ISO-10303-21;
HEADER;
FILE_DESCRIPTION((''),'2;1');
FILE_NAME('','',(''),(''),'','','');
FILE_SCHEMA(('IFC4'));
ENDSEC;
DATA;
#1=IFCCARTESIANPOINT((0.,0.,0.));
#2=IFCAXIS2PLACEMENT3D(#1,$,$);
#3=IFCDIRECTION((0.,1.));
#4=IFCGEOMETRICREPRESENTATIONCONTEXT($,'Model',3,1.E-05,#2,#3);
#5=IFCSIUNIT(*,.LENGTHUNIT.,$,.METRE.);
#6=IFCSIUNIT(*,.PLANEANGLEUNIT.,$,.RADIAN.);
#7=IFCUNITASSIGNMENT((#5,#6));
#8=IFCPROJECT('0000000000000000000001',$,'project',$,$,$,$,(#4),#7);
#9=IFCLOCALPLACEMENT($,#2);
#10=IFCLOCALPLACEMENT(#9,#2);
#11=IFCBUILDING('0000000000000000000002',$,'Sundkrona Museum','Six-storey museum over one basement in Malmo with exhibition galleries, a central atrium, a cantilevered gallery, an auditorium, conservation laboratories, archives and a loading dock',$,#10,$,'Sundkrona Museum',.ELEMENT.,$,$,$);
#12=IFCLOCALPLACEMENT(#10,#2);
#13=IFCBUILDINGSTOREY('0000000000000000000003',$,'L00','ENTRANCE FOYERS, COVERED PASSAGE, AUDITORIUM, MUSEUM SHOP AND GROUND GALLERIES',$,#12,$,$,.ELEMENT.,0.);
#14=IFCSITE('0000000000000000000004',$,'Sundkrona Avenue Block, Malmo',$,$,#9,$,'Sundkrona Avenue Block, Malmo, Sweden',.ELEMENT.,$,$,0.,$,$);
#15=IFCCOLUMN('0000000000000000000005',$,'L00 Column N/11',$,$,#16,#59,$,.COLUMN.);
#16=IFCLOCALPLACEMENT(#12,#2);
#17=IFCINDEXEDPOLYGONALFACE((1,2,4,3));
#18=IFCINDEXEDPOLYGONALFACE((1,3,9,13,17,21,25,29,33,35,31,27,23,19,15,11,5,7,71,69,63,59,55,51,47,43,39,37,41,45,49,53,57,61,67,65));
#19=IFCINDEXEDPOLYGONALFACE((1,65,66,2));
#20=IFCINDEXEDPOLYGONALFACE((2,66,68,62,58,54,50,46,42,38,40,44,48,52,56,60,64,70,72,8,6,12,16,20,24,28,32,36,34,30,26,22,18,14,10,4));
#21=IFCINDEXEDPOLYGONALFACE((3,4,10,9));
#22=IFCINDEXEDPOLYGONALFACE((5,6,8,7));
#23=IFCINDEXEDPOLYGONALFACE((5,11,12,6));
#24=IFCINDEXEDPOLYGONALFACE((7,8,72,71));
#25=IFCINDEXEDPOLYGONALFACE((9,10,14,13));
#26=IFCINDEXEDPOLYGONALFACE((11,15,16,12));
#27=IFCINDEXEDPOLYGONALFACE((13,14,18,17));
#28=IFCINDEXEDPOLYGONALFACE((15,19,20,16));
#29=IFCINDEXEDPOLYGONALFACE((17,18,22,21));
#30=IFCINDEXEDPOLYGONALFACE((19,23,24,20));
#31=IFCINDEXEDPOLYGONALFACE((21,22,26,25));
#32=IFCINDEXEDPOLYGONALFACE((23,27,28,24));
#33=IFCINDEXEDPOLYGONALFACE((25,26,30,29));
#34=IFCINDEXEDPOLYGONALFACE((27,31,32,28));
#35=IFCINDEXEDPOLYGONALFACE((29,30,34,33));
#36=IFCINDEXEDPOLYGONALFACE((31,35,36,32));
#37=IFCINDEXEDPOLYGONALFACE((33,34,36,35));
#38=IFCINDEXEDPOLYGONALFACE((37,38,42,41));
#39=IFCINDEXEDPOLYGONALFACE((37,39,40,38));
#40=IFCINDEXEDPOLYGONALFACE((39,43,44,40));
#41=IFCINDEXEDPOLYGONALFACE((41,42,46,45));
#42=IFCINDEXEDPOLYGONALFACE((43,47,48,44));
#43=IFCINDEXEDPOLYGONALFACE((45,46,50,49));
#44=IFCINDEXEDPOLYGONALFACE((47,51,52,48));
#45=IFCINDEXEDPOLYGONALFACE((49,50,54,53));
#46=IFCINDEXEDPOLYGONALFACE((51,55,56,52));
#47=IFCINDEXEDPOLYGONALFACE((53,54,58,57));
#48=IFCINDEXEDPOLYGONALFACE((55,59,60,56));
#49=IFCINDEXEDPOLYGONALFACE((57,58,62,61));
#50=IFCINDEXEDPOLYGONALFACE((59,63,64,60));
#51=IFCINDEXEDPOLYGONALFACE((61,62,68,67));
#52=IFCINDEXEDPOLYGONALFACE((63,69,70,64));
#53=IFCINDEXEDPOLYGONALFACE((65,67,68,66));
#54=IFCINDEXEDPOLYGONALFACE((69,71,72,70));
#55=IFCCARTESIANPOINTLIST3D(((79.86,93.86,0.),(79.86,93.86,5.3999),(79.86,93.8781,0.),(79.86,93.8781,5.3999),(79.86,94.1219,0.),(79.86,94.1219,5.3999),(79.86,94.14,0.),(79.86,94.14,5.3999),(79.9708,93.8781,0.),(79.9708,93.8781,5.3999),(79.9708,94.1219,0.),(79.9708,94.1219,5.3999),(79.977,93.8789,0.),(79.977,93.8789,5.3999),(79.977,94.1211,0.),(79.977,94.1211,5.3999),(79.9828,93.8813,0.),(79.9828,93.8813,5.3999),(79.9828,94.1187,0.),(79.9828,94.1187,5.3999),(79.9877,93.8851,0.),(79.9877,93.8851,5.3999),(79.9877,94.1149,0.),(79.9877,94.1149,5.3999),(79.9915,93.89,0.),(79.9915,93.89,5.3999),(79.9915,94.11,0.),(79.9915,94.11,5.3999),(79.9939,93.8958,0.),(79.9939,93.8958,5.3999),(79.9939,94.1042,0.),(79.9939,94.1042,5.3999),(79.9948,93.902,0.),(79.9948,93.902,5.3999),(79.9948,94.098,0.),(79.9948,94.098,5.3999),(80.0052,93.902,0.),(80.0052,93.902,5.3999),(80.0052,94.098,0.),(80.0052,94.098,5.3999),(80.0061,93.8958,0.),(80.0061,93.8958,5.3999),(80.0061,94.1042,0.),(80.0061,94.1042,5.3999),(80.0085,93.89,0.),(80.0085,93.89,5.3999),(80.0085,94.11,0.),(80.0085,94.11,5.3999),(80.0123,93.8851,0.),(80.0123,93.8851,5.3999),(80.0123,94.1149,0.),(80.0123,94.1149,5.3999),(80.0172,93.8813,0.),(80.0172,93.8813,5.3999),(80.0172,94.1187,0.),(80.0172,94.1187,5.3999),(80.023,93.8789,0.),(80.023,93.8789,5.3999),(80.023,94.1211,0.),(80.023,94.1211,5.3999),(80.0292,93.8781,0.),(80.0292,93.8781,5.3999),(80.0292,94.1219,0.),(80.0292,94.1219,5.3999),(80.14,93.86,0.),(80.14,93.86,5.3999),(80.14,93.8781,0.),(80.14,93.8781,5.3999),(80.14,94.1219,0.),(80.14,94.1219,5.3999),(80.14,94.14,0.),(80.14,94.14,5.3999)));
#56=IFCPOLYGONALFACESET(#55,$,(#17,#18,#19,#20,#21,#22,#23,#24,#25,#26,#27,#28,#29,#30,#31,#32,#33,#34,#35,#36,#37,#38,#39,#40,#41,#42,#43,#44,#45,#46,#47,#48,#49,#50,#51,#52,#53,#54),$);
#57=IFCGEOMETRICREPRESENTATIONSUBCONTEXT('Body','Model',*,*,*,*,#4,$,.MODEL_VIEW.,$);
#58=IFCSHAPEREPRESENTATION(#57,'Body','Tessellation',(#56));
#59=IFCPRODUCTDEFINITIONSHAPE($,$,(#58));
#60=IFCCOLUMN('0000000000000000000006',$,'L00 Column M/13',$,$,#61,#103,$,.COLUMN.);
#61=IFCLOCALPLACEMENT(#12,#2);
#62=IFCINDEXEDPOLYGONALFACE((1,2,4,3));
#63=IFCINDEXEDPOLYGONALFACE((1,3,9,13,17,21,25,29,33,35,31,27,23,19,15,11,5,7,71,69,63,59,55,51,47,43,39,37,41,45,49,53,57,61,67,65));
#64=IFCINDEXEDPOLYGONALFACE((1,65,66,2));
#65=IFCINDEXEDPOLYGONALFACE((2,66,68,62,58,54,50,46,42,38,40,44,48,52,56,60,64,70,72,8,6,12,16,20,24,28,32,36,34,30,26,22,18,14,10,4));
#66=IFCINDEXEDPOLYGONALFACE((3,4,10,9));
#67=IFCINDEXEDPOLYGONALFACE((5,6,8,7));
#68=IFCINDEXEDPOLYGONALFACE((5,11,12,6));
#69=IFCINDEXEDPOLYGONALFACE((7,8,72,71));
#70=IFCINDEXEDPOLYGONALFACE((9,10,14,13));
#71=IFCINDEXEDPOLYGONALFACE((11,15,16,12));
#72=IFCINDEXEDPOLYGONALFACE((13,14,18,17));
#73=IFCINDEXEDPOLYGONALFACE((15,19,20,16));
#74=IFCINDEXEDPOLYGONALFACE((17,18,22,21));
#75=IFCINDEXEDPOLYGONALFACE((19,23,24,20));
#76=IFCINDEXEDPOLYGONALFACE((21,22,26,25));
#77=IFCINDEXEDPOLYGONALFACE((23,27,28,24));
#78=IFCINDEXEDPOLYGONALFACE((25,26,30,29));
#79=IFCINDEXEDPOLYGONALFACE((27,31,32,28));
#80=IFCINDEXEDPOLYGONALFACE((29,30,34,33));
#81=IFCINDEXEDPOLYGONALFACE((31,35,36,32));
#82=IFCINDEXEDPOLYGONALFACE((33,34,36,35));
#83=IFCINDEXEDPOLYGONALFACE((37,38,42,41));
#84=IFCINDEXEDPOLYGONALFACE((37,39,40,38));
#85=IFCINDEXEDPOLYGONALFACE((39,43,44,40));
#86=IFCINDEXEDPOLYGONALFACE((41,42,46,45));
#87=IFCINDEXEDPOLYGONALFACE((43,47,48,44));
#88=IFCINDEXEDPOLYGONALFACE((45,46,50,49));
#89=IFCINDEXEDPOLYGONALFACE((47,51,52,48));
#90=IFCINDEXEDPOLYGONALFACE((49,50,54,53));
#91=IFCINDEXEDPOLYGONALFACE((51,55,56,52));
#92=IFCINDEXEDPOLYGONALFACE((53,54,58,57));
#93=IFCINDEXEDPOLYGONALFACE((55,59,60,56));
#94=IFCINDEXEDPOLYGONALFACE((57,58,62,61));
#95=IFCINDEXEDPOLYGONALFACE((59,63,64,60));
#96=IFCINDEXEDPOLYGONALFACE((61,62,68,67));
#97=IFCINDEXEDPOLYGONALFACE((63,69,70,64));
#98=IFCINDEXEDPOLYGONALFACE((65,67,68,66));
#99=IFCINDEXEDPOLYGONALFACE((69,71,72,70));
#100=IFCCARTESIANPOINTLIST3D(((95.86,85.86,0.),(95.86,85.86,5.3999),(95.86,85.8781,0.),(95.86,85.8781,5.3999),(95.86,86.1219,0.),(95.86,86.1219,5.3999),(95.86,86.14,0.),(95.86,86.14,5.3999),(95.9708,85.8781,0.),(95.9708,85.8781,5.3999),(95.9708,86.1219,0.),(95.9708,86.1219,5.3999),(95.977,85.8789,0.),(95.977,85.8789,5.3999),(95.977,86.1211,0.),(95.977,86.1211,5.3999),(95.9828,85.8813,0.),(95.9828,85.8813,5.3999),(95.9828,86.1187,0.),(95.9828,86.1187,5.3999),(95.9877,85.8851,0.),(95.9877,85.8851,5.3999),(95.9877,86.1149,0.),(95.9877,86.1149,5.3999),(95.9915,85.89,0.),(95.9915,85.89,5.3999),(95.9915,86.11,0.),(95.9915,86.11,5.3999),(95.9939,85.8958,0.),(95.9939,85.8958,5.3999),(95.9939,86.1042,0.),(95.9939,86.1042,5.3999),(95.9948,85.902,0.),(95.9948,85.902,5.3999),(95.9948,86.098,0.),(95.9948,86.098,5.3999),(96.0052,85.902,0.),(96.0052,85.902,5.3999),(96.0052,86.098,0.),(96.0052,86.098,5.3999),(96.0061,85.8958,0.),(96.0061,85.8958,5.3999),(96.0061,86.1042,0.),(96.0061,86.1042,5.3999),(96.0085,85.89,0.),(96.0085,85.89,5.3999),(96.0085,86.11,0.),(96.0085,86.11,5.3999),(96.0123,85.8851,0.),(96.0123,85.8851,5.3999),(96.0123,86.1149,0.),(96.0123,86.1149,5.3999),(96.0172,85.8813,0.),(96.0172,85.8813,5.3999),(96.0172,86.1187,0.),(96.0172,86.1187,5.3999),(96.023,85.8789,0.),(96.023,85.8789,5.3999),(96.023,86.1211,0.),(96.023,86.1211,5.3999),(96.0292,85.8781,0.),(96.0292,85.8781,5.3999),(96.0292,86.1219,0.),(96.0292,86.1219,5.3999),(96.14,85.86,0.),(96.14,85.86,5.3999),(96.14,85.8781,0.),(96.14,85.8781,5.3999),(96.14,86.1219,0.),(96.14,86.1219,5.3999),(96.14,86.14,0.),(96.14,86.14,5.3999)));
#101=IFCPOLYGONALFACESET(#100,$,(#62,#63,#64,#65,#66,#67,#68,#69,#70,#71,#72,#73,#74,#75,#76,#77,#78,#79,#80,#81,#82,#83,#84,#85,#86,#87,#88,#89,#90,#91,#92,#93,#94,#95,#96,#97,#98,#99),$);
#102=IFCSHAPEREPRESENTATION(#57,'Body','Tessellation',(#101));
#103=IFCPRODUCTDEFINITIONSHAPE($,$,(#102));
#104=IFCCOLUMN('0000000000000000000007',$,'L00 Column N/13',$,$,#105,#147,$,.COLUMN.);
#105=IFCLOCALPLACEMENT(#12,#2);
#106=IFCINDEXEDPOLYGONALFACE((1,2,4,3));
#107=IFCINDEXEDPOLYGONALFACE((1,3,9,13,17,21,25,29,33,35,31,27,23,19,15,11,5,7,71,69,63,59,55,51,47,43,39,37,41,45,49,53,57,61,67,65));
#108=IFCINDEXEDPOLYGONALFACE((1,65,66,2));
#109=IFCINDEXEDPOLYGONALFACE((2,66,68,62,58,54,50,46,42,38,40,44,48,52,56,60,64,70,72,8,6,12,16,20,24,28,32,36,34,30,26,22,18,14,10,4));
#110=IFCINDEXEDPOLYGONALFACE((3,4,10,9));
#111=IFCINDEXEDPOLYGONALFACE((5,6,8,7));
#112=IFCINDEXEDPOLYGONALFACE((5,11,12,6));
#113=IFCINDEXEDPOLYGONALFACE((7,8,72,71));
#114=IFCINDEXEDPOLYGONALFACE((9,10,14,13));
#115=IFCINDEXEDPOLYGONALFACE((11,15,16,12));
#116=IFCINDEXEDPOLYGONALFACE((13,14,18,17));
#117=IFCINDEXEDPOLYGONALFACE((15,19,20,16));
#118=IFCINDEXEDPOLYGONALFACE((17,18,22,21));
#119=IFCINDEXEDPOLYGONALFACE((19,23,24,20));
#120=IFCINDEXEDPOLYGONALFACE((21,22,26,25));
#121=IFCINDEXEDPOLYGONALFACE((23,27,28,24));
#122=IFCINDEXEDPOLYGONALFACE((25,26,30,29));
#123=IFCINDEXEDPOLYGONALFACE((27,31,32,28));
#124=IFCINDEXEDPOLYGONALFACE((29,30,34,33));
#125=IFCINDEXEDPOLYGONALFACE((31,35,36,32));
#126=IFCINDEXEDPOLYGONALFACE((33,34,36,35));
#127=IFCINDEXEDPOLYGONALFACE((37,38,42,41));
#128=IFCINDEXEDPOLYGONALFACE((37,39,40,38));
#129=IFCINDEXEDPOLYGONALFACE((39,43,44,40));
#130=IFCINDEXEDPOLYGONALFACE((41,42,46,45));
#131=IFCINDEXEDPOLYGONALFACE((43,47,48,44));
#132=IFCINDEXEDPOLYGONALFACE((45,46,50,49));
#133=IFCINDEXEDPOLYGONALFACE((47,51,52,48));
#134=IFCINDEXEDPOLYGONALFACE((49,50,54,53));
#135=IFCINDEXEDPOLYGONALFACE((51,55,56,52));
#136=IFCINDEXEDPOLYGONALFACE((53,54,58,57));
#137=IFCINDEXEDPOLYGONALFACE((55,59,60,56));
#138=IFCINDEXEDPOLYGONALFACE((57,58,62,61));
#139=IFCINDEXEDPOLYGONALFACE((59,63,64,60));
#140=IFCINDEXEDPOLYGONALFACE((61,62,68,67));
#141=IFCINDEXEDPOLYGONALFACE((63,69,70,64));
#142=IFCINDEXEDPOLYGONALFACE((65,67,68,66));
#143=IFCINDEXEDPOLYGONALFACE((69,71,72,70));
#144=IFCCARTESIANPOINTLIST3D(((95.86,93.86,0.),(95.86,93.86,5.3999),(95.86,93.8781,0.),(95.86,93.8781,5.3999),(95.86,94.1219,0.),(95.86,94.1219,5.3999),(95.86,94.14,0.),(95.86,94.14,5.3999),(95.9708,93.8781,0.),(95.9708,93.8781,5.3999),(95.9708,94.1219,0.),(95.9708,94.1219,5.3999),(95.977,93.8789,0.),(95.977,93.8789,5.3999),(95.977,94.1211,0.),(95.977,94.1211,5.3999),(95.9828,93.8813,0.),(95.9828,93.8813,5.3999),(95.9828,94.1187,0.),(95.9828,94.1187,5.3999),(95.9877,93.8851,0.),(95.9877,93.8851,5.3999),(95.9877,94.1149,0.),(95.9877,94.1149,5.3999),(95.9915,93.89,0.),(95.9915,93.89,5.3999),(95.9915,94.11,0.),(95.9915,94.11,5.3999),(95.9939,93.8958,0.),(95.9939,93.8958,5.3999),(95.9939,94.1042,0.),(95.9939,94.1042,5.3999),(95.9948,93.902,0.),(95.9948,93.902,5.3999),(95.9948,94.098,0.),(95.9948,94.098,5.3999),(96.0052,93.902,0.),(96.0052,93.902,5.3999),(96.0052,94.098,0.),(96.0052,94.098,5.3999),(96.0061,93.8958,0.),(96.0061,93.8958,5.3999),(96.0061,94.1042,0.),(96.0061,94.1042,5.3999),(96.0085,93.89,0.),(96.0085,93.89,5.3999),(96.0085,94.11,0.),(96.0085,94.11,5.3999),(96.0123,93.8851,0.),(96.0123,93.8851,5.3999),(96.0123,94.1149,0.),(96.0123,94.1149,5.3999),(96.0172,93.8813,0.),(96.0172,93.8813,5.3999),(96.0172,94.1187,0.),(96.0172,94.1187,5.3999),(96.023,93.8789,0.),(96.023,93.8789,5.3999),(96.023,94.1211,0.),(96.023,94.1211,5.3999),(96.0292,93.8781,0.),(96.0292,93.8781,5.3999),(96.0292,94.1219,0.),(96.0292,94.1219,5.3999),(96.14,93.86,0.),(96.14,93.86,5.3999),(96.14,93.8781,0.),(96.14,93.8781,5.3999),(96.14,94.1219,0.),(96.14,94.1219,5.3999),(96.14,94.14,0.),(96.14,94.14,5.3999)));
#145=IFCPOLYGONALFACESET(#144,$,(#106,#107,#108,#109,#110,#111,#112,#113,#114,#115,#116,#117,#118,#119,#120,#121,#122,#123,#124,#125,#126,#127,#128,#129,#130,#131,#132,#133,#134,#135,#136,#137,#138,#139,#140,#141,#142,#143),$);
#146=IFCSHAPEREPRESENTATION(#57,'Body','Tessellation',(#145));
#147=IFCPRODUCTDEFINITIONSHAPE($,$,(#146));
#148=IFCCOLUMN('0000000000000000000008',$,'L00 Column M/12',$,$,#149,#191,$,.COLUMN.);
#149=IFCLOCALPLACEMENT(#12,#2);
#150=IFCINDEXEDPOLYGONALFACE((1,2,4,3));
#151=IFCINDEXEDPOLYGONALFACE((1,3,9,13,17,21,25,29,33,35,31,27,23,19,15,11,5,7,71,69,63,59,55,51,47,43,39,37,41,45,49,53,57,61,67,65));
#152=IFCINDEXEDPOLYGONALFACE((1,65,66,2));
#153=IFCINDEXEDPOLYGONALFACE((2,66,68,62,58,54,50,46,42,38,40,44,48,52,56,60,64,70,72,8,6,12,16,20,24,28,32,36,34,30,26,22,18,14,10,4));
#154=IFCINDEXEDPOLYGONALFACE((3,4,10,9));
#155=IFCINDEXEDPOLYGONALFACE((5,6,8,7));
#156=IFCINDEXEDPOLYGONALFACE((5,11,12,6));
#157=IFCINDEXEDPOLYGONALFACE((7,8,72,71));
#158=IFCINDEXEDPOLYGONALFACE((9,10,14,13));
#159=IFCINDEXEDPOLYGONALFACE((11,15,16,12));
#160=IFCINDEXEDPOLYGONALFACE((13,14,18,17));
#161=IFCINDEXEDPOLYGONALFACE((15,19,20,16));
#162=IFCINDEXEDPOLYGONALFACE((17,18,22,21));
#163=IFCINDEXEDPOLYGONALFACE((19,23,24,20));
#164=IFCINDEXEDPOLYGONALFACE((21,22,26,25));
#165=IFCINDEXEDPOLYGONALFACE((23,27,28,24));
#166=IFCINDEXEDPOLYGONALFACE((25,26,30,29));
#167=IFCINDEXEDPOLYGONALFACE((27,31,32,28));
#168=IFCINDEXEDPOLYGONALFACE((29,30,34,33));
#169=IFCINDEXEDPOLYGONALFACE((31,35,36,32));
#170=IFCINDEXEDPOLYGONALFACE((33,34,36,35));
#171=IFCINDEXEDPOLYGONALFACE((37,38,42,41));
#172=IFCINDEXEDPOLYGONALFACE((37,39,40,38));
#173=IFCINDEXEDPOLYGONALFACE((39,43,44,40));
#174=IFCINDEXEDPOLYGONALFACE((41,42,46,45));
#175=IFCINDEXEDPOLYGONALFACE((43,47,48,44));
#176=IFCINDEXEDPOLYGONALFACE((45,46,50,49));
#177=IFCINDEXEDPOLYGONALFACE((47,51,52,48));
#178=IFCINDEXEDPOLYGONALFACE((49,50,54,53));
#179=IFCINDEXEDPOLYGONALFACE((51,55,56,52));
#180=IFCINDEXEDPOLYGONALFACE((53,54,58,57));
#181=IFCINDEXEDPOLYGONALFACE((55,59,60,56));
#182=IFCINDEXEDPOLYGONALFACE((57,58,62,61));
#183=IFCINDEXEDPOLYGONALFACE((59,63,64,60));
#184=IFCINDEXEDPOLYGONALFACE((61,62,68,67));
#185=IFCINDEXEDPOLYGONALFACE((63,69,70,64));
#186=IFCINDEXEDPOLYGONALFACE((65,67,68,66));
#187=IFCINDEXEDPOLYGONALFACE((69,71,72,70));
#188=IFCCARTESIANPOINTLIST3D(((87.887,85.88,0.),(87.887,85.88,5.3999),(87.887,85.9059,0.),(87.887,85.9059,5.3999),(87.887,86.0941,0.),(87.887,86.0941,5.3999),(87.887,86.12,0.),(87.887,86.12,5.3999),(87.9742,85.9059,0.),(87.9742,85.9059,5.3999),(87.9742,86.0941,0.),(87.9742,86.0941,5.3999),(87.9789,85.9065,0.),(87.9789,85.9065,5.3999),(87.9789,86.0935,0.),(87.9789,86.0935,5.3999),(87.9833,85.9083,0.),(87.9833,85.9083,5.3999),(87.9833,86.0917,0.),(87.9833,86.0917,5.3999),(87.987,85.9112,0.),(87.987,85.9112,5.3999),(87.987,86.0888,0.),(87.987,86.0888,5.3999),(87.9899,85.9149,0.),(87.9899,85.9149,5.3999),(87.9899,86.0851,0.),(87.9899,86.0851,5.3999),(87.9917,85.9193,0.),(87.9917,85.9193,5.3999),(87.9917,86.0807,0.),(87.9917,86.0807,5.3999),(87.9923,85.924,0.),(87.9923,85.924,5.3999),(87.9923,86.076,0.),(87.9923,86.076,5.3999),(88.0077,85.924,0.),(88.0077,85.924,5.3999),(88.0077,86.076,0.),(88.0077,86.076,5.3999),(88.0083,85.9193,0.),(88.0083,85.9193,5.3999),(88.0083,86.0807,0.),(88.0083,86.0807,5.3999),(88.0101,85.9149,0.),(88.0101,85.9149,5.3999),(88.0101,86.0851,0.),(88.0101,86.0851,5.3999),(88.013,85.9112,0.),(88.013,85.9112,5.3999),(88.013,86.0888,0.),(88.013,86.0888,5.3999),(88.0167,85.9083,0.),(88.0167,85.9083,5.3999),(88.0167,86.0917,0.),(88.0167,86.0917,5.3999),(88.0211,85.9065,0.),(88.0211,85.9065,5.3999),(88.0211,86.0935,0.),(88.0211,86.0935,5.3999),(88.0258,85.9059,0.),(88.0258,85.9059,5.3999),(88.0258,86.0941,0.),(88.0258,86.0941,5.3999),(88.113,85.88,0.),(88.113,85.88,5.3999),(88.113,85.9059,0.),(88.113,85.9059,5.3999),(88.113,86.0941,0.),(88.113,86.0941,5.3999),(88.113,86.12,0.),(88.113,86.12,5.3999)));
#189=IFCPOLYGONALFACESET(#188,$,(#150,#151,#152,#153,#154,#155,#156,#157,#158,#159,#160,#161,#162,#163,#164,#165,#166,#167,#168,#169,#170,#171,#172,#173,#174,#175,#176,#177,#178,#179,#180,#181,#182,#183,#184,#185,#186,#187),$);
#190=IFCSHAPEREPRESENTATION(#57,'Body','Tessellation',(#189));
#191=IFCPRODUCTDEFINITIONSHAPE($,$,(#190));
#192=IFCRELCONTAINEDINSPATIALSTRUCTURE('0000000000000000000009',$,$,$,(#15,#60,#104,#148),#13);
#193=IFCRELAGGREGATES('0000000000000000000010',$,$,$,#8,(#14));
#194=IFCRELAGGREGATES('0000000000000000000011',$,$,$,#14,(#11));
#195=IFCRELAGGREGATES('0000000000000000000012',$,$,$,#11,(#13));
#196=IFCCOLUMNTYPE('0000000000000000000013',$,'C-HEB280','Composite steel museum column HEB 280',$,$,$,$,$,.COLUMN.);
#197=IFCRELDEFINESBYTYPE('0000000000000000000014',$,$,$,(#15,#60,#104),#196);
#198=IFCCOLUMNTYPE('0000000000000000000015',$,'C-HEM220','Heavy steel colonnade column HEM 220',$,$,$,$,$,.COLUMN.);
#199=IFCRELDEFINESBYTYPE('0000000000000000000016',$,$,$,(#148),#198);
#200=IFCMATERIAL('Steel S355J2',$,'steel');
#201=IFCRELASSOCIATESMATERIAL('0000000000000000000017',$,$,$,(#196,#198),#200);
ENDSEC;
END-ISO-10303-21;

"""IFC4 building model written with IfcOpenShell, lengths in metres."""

from ifc_helpers import new_model, si_unit, direction, frame, origin, origin_2d, place, context, subcontext, project, spatial, i_section, extrude, material, material_profile, profile_set, type_object, element, save


model = new_model("IFC4")

# Units and contexts
model_context = context("Model", 3, precision=1e-05, world=origin(), true_north=direction((0.0, 1.0)))
body_context = subcontext(model_context, "Body", "Model", "MODEL_VIEW")
ifc_project = project(units=[si_unit("LENGTHUNIT", "METRE"), si_unit("PLANEANGLEUNIT", "RADIAN")], contexts=[model_context])

# Site, building, storey
site_placement = place(None, origin())
site = spatial("IfcSite", under=ifc_project, at=site_placement, Name="Sundkrona Avenue Block, Malmo", LongName="Sundkrona Avenue Block, Malmo, Sweden", CompositionType="ELEMENT", RefElevation=0.0)
building_placement = place(site_placement, origin())
building = spatial("IfcBuilding", under=site, at=building_placement, Name="Sundkrona Museum", Description="Six-storey museum over one basement in Malmo with exhibition galleries, a central atrium, a cantilevered gallery, an auditorium, conservation laboratories, archives and a loading dock", LongName="Sundkrona Museum", CompositionType="ELEMENT")
storey_placement = place(building_placement, origin())
storey = spatial("IfcBuildingStorey", under=building, at=storey_placement, Name="L00", Description="ENTRANCE FOYERS, COVERED PASSAGE, AUDITORIUM, MUSEUM SHOP AND GROUND GALLERIES", CompositionType="ELEMENT", Elevation=0.0)

# Columns
ifc_material_1 = material(Name="Steel S355J2", Category="steel")
ifc_material_profile_1 = material_profile(ifc_material_1, i_section(OverallWidth=0.28, OverallDepth=0.28, WebThickness=0.0105, FlangeThickness=0.0181, FilletRadius=0.0239, at=origin_2d()), Name="HEB 280")
ifc_profile_set_1 = profile_set([ifc_material_profile_1], Name="Steel S355J2")
column_type_1 = type_object("IfcColumnType", Name="C-HEB280", Description="Composite steel museum column HEB 280", PredefinedType="COLUMN", material=ifc_profile_set_1)
for number, where, z_axis, x_axis, name in (
    (1, (80.0, 94.0, 0.0), (0.0, 0.0, 1.0), (1.0, 0.0, 0.0), "L00 Column N/11"),
    (2, (96.0, 86.0, 0.0), (0.0, 0.0, 1.0), (1.0, 0.0, 0.0), "L00 Column M/13"),
    (3, (96.0, 94.0, 0.0), (0.0, 0.0, 1.0), (1.0, 0.0, 0.0), "L00 Column N/13"),
):
    element("IfcColumn", number, at=place(storey_placement, frame(where, z_axis=z_axis, x_axis=x_axis)), inside=storey, type_object=column_type_1, Name=name, PredefinedType="COLUMN", context=body_context, shape_type="SweptSolid", body=[
        extrude(i_section(OverallWidth=0.28, OverallDepth=0.28, WebThickness=0.0105, FlangeThickness=0.0181, FilletRadius=0.0239, at=origin_2d()), origin(), (0.0, 0.0, 1.0), 5.3999),
    ])
ifc_material_profile_2 = material_profile(ifc_material_1, i_section(OverallWidth=0.2261, OverallDepth=0.24, WebThickness=0.0154, FlangeThickness=0.0259, FilletRadius=0.0181, at=origin_2d()), Name="HEM 220")
ifc_profile_set_2 = profile_set([ifc_material_profile_2], Name="Steel S355J2")
column_type_2 = type_object("IfcColumnType", Name="C-HEM220", Description="Heavy steel colonnade column HEM 220", PredefinedType="COLUMN", material=ifc_profile_set_2)
for number, where, z_axis, x_axis, name in (
    (4, (88.0, 86.0, 0.0), (0.0, 0.0, 1.0), (1.0, 0.0, 0.0), "L00 Column M/12"),
):
    element("IfcColumn", number, at=place(storey_placement, frame(where, z_axis=z_axis, x_axis=x_axis)), inside=storey, type_object=column_type_2, Name=name, PredefinedType="COLUMN", context=body_context, shape_type="SweptSolid", body=[
        extrude(i_section(OverallWidth=0.2261, OverallDepth=0.24, WebThickness=0.0154, FlangeThickness=0.0259, FilletRadius=0.0181, at=origin_2d()), origin(), (0.0, 0.0, 1.0), 5.3999),
    ])

save(model, "model.ifc")
